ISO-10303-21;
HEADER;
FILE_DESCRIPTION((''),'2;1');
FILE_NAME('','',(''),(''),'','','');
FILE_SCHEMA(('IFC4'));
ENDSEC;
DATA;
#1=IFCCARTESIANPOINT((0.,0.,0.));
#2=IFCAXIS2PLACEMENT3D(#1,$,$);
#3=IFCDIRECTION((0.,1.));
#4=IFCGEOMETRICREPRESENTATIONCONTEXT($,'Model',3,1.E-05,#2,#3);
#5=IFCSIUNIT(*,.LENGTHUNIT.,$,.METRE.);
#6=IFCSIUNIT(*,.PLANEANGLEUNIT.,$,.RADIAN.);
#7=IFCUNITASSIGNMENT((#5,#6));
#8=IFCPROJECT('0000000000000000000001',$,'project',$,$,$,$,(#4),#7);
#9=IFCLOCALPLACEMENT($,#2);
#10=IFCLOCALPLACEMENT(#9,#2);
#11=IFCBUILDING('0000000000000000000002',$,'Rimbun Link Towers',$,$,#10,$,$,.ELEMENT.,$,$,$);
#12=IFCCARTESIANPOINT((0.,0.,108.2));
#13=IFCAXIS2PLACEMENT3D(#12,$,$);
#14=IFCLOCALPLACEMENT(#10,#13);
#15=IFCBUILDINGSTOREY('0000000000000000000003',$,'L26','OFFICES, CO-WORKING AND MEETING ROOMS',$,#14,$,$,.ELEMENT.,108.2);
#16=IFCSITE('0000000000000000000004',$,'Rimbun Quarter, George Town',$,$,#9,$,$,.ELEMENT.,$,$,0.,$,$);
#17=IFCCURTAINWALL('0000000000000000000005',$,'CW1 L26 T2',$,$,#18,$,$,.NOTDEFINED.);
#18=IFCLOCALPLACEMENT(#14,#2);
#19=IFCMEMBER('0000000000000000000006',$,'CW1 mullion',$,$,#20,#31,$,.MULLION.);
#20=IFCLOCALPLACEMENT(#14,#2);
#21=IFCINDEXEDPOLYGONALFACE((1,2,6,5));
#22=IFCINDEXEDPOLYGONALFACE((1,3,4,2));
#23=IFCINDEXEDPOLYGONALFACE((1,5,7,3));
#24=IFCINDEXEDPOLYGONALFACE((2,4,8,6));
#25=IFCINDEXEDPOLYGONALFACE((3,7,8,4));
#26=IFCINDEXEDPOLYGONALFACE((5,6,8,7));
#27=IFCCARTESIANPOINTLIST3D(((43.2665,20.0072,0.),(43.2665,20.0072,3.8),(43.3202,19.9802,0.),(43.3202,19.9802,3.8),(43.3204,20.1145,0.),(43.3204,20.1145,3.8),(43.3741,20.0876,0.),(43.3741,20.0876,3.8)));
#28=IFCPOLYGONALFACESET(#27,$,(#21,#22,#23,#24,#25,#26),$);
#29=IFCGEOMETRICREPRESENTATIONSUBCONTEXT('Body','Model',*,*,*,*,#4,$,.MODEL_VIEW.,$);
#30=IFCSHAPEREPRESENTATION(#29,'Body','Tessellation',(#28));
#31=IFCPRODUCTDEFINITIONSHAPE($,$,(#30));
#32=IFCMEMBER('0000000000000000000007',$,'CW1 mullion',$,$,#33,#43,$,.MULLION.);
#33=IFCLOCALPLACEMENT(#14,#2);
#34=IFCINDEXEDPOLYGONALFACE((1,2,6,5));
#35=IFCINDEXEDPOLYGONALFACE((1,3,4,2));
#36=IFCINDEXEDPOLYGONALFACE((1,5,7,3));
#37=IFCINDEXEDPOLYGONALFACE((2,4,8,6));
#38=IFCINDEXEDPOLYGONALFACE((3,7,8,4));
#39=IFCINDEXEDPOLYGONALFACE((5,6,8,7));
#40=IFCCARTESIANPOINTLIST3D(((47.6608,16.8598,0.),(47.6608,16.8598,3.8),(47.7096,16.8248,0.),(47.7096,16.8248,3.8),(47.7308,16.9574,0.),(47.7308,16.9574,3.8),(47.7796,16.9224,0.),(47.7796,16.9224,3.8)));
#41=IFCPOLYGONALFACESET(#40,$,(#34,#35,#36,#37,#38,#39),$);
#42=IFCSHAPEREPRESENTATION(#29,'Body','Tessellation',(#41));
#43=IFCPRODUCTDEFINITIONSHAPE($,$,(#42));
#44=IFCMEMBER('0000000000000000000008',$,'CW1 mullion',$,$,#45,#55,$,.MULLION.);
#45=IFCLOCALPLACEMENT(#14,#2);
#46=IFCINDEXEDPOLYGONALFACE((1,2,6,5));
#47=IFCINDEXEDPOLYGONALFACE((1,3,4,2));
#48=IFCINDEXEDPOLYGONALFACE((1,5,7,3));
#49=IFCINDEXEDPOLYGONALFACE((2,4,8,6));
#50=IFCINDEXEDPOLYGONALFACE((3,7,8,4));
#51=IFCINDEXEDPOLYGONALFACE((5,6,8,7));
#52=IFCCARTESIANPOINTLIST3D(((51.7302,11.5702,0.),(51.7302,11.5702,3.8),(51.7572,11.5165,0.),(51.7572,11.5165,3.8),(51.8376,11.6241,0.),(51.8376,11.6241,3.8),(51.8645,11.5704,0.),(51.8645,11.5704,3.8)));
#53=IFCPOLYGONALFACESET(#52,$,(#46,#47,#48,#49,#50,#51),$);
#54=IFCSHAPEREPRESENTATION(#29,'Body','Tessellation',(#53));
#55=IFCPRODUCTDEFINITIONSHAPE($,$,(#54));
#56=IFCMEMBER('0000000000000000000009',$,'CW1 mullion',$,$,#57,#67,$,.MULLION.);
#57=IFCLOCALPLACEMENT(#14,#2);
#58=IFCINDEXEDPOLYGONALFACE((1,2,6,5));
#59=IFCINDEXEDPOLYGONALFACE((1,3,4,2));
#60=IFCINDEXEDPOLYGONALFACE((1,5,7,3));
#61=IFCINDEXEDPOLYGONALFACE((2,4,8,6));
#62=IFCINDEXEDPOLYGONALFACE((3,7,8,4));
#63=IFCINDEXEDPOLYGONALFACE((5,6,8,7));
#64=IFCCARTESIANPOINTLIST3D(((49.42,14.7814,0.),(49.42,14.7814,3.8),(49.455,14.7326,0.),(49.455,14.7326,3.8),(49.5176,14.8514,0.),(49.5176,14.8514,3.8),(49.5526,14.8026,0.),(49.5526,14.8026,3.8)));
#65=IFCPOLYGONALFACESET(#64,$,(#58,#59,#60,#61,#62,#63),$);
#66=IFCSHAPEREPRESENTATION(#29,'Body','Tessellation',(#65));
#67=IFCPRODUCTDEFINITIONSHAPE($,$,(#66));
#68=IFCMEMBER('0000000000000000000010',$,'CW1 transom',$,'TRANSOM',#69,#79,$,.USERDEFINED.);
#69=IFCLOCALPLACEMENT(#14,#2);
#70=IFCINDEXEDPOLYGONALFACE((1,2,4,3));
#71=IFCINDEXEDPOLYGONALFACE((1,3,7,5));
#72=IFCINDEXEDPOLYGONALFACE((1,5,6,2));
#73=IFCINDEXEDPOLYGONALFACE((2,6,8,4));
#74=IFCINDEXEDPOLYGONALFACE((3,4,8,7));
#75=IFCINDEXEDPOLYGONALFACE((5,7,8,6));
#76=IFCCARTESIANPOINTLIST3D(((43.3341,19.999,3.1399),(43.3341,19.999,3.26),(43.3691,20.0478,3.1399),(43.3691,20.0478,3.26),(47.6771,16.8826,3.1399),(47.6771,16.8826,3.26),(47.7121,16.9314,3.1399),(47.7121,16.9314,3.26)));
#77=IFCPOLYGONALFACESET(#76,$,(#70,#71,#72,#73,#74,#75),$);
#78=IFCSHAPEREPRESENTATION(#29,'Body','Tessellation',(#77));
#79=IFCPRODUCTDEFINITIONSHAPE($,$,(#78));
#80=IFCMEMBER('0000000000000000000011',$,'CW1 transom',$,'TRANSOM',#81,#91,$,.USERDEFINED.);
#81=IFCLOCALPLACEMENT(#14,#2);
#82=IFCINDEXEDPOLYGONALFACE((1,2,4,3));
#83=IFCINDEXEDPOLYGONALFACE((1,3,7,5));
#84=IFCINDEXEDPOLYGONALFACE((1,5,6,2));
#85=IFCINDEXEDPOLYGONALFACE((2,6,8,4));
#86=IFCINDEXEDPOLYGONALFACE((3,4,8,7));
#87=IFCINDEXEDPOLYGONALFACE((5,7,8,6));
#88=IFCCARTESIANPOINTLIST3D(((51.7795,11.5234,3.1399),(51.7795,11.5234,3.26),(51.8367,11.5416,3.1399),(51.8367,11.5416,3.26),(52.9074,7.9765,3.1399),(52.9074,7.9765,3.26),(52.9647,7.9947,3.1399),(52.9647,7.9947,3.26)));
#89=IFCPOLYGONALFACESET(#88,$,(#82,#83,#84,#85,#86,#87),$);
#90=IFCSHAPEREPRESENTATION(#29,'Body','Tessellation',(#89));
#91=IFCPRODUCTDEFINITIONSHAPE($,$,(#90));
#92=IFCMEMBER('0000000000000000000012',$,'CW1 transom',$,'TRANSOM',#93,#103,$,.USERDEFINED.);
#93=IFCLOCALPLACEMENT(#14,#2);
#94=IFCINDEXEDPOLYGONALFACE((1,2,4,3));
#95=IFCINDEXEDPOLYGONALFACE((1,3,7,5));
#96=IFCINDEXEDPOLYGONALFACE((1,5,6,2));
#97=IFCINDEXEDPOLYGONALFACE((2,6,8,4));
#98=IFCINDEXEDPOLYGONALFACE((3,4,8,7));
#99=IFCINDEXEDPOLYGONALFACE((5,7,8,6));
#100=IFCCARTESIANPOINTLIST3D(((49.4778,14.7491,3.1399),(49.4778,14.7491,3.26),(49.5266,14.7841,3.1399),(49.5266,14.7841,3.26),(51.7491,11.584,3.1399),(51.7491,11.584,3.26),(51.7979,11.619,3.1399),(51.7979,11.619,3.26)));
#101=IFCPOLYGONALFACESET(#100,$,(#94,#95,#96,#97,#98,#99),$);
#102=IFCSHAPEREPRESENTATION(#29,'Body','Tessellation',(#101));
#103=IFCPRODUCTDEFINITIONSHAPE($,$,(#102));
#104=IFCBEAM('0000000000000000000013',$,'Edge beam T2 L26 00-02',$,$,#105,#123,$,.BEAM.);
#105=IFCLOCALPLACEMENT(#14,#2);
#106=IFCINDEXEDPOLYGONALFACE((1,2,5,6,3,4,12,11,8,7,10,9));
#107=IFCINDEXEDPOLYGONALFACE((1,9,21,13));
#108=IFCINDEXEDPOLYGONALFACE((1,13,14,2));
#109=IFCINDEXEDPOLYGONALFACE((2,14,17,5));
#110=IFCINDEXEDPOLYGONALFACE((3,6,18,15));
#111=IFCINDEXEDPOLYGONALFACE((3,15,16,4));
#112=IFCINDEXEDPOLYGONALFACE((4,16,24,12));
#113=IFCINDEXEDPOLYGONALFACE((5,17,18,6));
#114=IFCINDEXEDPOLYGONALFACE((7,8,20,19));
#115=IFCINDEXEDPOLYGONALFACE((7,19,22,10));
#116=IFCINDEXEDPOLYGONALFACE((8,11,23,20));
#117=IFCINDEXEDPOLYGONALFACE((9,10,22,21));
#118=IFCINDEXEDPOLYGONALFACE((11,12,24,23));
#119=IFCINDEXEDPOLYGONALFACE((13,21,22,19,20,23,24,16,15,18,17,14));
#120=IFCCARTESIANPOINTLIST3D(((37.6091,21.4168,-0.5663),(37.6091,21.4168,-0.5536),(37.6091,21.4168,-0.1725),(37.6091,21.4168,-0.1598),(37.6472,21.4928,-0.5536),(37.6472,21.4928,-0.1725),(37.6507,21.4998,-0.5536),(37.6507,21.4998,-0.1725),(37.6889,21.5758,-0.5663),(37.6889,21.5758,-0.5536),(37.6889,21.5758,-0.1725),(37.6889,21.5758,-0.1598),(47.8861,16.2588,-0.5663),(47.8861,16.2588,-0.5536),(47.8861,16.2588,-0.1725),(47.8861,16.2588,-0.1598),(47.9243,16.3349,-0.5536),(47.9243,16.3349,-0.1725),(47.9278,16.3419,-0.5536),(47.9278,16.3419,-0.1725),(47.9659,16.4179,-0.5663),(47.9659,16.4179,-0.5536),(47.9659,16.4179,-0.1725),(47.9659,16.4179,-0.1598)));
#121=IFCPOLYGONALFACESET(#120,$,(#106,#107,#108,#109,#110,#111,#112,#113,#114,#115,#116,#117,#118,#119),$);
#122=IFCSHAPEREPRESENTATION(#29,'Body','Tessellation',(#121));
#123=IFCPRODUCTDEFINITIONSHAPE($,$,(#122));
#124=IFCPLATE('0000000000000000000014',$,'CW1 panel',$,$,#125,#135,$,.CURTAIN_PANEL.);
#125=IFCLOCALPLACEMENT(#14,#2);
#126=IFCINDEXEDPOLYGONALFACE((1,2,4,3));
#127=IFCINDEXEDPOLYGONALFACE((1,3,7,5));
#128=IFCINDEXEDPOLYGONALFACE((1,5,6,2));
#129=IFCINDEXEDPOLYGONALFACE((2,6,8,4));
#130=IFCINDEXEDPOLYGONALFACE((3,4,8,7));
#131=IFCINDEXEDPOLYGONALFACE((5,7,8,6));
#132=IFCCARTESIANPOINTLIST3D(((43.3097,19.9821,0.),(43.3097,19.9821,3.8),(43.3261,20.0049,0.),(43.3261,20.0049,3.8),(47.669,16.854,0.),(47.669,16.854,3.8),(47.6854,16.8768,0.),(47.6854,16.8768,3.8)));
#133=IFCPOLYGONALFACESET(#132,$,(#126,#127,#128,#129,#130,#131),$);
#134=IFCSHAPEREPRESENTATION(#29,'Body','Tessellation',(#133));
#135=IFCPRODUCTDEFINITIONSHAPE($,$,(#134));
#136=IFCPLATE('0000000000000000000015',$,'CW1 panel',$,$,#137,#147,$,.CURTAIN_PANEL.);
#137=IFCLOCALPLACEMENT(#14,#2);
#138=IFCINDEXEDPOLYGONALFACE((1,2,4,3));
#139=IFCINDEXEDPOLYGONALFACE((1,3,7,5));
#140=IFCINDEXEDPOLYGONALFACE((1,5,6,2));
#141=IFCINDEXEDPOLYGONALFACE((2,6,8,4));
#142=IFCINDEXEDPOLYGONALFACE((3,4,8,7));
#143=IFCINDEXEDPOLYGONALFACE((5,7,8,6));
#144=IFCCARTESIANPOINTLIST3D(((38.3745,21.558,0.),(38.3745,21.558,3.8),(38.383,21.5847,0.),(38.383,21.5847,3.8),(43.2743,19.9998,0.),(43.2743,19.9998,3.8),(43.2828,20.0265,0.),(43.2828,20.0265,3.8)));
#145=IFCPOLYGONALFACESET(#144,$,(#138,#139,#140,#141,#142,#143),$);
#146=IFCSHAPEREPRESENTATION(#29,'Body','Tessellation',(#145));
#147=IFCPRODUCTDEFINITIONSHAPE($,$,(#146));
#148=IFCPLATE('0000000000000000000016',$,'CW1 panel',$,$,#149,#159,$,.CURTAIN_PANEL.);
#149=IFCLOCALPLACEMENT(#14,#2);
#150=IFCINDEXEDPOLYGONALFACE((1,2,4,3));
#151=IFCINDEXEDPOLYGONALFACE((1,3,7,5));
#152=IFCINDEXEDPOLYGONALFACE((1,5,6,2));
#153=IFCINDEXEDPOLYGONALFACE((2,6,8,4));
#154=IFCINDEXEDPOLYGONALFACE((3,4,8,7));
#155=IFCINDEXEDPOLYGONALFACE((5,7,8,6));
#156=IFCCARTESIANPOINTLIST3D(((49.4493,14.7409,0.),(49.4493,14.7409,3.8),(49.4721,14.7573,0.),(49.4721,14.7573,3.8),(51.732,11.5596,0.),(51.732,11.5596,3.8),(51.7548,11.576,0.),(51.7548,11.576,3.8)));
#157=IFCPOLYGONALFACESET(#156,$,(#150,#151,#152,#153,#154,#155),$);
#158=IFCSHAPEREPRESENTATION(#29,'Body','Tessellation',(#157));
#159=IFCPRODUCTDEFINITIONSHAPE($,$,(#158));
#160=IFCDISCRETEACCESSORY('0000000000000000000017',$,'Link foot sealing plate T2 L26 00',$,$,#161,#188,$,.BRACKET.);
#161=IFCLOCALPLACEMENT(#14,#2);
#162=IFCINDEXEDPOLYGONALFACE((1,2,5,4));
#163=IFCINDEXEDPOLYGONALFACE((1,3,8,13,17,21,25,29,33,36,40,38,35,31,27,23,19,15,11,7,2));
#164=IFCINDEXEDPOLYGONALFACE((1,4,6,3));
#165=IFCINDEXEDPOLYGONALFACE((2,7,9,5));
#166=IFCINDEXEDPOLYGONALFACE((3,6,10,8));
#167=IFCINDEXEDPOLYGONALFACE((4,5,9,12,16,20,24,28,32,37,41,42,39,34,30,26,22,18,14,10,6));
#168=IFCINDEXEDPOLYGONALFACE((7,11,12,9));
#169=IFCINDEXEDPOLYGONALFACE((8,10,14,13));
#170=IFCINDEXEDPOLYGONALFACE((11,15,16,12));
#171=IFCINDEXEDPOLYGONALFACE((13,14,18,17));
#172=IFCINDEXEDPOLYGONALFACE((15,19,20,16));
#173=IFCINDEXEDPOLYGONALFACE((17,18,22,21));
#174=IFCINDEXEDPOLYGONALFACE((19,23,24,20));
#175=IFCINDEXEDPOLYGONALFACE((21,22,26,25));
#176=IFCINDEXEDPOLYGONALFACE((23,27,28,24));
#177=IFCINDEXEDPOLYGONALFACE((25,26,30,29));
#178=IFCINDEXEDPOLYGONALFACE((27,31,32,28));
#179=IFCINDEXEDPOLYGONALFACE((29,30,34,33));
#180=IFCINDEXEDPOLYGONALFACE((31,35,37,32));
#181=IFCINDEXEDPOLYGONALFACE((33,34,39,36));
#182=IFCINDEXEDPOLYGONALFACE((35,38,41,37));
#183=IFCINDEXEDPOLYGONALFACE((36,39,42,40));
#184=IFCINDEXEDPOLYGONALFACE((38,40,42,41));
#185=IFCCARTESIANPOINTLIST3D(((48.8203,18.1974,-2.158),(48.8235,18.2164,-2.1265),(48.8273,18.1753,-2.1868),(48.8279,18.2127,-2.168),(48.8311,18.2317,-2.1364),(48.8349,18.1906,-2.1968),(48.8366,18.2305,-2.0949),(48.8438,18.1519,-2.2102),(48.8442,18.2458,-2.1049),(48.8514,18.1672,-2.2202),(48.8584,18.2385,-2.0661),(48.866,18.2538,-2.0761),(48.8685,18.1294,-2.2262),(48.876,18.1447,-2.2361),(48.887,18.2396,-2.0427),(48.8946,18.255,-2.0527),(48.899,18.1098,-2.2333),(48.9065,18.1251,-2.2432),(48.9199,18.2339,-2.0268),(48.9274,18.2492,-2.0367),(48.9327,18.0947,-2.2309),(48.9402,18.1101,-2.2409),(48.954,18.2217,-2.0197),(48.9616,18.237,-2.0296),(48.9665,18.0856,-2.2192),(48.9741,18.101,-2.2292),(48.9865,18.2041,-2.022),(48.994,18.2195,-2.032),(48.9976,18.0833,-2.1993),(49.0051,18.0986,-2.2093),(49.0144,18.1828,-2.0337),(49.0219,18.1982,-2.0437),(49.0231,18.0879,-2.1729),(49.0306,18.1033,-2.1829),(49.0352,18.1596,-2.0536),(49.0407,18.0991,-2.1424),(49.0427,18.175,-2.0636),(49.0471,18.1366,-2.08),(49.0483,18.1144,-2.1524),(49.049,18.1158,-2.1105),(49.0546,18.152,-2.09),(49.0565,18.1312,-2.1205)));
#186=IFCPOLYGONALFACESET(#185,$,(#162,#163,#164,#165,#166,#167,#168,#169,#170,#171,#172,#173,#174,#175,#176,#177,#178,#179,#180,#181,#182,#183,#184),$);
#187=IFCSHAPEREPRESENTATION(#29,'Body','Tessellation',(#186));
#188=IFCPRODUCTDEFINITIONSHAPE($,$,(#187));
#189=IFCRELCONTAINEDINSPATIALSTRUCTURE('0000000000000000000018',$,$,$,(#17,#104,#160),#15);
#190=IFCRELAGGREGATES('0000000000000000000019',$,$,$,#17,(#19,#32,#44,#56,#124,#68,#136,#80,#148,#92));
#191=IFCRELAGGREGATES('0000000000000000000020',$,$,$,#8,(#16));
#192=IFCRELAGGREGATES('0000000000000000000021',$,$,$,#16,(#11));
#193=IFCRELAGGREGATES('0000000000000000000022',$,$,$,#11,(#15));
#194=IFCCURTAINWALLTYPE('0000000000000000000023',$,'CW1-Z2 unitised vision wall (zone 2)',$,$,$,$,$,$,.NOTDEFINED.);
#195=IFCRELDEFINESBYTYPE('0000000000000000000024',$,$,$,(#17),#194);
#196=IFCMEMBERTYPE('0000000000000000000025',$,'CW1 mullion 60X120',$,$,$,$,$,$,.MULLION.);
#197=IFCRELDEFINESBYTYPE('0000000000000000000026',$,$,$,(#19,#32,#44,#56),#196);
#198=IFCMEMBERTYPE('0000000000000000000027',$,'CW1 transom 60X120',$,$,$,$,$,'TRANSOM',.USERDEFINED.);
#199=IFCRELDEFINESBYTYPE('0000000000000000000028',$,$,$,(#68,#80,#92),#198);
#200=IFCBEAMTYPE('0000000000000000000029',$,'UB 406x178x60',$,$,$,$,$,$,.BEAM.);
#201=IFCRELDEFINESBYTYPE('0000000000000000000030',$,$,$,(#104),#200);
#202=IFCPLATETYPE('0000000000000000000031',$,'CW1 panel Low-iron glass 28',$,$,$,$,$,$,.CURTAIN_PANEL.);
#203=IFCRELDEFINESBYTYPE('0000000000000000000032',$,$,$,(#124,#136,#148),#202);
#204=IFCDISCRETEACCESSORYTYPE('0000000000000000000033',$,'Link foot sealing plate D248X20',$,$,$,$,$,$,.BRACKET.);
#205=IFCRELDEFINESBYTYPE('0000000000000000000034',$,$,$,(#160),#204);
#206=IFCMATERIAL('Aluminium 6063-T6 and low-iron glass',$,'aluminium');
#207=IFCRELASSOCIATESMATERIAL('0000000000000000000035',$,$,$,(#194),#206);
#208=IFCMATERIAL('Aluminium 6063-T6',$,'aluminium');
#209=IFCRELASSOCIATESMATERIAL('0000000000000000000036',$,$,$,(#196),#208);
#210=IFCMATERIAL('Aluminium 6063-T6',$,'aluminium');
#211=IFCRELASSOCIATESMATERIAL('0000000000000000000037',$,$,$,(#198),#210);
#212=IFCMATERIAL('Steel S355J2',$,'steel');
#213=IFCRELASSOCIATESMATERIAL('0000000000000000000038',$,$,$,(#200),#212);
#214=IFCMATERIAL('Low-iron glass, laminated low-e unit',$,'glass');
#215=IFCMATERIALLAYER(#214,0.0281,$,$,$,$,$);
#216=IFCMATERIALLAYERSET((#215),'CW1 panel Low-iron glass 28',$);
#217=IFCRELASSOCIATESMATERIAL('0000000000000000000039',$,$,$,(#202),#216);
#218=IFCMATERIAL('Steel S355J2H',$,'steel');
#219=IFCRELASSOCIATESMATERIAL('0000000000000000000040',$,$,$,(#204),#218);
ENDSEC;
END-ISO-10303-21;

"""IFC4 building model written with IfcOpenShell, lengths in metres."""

from ifc_helpers import new_model, si_unit, direction, frame, origin, origin_2d, place, context, subcontext, project, spatial, rectangle, circle, i_section, extrude, material, layer, layer_set, material_profile, profile_set, type_object, element, aggregate, save


model = new_model("IFC4")

# Units and contexts
model_context = context("Model", 3, precision=1e-05, world=origin(), true_north=direction((0.0, 1.0)))
body_context = subcontext(model_context, "Body", "Model", "MODEL_VIEW")
ifc_project = project(units=[si_unit("LENGTHUNIT", "METRE"), si_unit("PLANEANGLEUNIT", "RADIAN")], contexts=[model_context])

# Site, building, storey
site_placement = place(None, origin())
site = spatial("IfcSite", under=ifc_project, at=site_placement, Name="Rimbun Quarter, George Town", CompositionType="ELEMENT", RefElevation=0.0)
building_placement = place(site_placement, origin())
building = spatial("IfcBuilding", under=site, at=building_placement, Name="Rimbun Link Towers", CompositionType="ELEMENT")
storey_placement = place(building_placement, frame((0.0, 0.0, 108.2)))
storey = spatial("IfcBuildingStorey", under=building, at=storey_placement, Name="L26", Description="OFFICES, CO-WORKING AND MEETING ROOMS", CompositionType="ELEMENT", Elevation=108.2)

# Curtain wall, members
ifc_material_1 = material(Name="Aluminium 6063-T6 and low-iron glass", Category="aluminium")
curtain_wall_type = type_object("IfcCurtainWallType", Name="CW1-Z2 unitised vision wall (zone 2)", PredefinedType="NOTDEFINED", material=ifc_material_1)
curtain_wall_placement = place(storey_placement, origin())
curtain_wall = element("IfcCurtainWall", 1, at=curtain_wall_placement, inside=storey, type_object=curtain_wall_type, Name="CW1 L26 T2", PredefinedType="NOTDEFINED")
ifc_material_2 = material(Name="Aluminium 6063-T6", Category="aluminium")
ifc_material_profile_1 = material_profile(ifc_material_2, rectangle(XDim=0.1201, YDim=0.0601, at=origin_2d()), Name="MULLION 60X120")
ifc_profile_set_1 = profile_set([ifc_material_profile_1], Name="Aluminium 6063-T6")
member_type_1 = type_object("IfcMemberType", Name="CW1 mullion 60X120", PredefinedType="MULLION", material=ifc_profile_set_1)
member_1_placement = place(storey_placement, frame((43.3203, 20.0474, 0.0), z_axis=(0.0, 0.0, 1.0), x_axis=(0.448567, 0.893749, 0.0)))
member_1 = element("IfcMember", 2, at=member_1_placement, type_object=member_type_1, Name="CW1 mullion", PredefinedType="MULLION", context=body_context, shape_type="SweptSolid", body=[
    extrude(rectangle(XDim=0.1201, YDim=0.0601, at=origin_2d()), origin(), (0.0, 0.0, 1.0), 3.8),
])
member_2_placement = place(storey_placement, frame((47.7202, 16.8911, 0.0), z_axis=(0.0, 0.0, 1.0), x_axis=(0.583007, 0.812467, 0.0)))
member_2 = element("IfcMember", 3, at=member_2_placement, type_object=member_type_1, Name="CW1 mullion", PredefinedType="MULLION", context=body_context, shape_type="SweptSolid", body=[
    extrude(rectangle(XDim=0.1201, YDim=0.0601, at=origin_2d()), origin(), (0.0, 0.0, 1.0), 3.8),
])
member_3_placement = place(storey_placement, frame((51.7974, 11.5703, 0.0), z_axis=(0.0, 0.0, 1.0), x_axis=(0.893749, 0.448567, 0.0)))
member_3 = element("IfcMember", 4, at=member_3_placement, type_object=member_type_1, Name="CW1 mullion", PredefinedType="MULLION", context=body_context, shape_type="SweptSolid", body=[
    extrude(rectangle(XDim=0.1201, YDim=0.0601, at=origin_2d()), origin(), (0.0, 0.0, 1.0), 3.8),
])
member_4_placement = place(storey_placement, frame((49.4863, 14.792, 0.0), z_axis=(0.0, 0.0, 1.0), x_axis=(0.812467, 0.583007, 0.0)))
member_4 = element("IfcMember", 5, at=member_4_placement, type_object=member_type_1, Name="CW1 mullion", PredefinedType="MULLION", context=body_context, shape_type="SweptSolid", body=[
    extrude(rectangle(XDim=0.1201, YDim=0.0601, at=origin_2d()), origin(), (0.0, 0.0, 1.0), 3.8),
])
ifc_material_3 = material(Name="Aluminium 6063-T6", Category="aluminium")
ifc_material_profile_2 = material_profile(ifc_material_3, rectangle(XDim=0.0601, YDim=0.1201, at=origin_2d()), Name="TRANSOM 60X120")
ifc_profile_set_2 = profile_set([ifc_material_profile_2], Name="Aluminium 6063-T6")
member_type_2 = type_object("IfcMemberType", Name="CW1 transom 60X120", ElementType="TRANSOM", PredefinedType="USERDEFINED", material=ifc_profile_set_2)
member_5_placement = place(storey_placement, frame((43.3516, 20.0234, 3.2), z_axis=(0.812466, -0.583008, 0.0), x_axis=(0.583008, 0.812466, 0.0)))
member_5 = element("IfcMember", 6, at=member_5_placement, type_object=member_type_2, Name="CW1 transom", ObjectType="TRANSOM", PredefinedType="USERDEFINED", context=body_context, shape_type="SweptSolid", body=[
    extrude(rectangle(XDim=0.0601, YDim=0.1201, at=origin_2d()), origin(), (0.0, 0.0, 1.0), 5.3455),
])
member_6_placement = place(storey_placement, frame((51.8081, 11.5325, 3.2), z_axis=(0.303052, -0.952974, 0.0), x_axis=(0.952974, 0.303052, 0.0)))
member_6 = element("IfcMember", 7, at=member_6_placement, type_object=member_type_2, Name="CW1 transom", ObjectType="TRANSOM", PredefinedType="USERDEFINED", context=body_context, shape_type="SweptSolid", body=[
    extrude(rectangle(XDim=0.0601, YDim=0.1201, at=origin_2d()), origin(), (0.0, 0.0, 1.0), 3.7219),
])
member_7_placement = place(storey_placement, frame((49.5022, 14.7666, 3.2), z_axis=(0.583021, -0.812457, 0.0), x_axis=(0.812457, 0.583021, 0.0)))
member_7 = element("IfcMember", 8, at=member_7_placement, type_object=member_type_2, Name="CW1 transom", ObjectType="TRANSOM", PredefinedType="USERDEFINED", context=body_context, shape_type="SweptSolid", body=[
    extrude(rectangle(XDim=0.0601, YDim=0.1201, at=origin_2d()), origin(), (0.0, 0.0, 1.0), 3.8958),
])

# Beam
ifc_material_4 = material(Name="Steel S355J2", Category="steel")
ifc_material_profile_3 = material_profile(ifc_material_4, i_section(OverallWidth=0.178, OverallDepth=0.4065, WebThickness=0.0078, FlangeThickness=0.0127, at=origin_2d()), Name="UB 406x178x60")
ifc_profile_set_3 = profile_set([ifc_material_profile_3], Name="Steel S355J2")
beam_type = type_object("IfcBeamType", Name="UB 406x178x60", PredefinedType="BEAM", material=ifc_profile_set_3)
beam_placement = place(storey_placement, frame((47.926, 16.3384, -0.363), z_axis=(-0.893751, 0.448563, 0.0), x_axis=(-0.448563, -0.893751, 0.0)))
element("IfcBeam", 9, at=beam_placement, inside=storey, type_object=beam_type, Name="Edge beam T2 L26 00-02", PredefinedType="BEAM", context=body_context, shape_type="SweptSolid", body=[
    extrude(i_section(OverallWidth=0.178, OverallDepth=0.4065, WebThickness=0.0078, FlangeThickness=0.0127, at=origin_2d()), origin(), (0.0, 0.0, 1.0), 11.4988),
])

# Plates
ifc_material_5 = material(Name="Low-iron glass, laminated low-e unit", Category="glass")
ifc_layer = layer(ifc_material_5, 0.0281)
ifc_layer_set = layer_set([ifc_layer], Name="CW1 panel Low-iron glass 28")
plate_type = type_object("IfcPlateType", Name="CW1 panel Low-iron glass 28", PredefinedType="CURTAIN_PANEL", material=ifc_layer_set)
plate_1_placement = place(storey_placement, frame((45.4976, 18.4294, 0.0), z_axis=(0.0, 0.0, 1.0), x_axis=(0.812467, -0.583007, 0.0)))
plate_1 = element("IfcPlate", 10, at=plate_1_placement, type_object=plate_type, Name="CW1 panel", PredefinedType="CURTAIN_PANEL", context=body_context, shape_type="SweptSolid", body=[
    extrude(rectangle(XDim=5.3655, YDim=0.0281, at=origin_2d()), origin(), (0.0, 0.0, 1.0), 3.8),
])
plate_2_placement = place(storey_placement, frame((40.8286, 20.7922, 0.0), z_axis=(0.0, 0.0, 1.0), x_axis=(0.952972, -0.303057, 0.0)))
plate_2 = element("IfcPlate", 11, at=plate_2_placement, type_object=plate_type, Name="CW1 panel", PredefinedType="CURTAIN_PANEL", context=body_context, shape_type="SweptSolid", body=[
    extrude(rectangle(XDim=5.1416, YDim=0.0281, at=origin_2d()), origin(), (0.0, 0.0, 1.0), 3.8),
])
plate_3_placement = place(storey_placement, frame((50.6021, 13.1584, 0.0), z_axis=(0.0, 0.0, 1.0), x_axis=(0.583007, -0.812467, 0.0)))
plate_3 = element("IfcPlate", 12, at=plate_3_placement, type_object=plate_type, Name="CW1 panel", PredefinedType="CURTAIN_PANEL", context=body_context, shape_type="SweptSolid", body=[
    extrude(rectangle(XDim=3.9155, YDim=0.0281, at=origin_2d()), origin(), (0.0, 0.0, 1.0), 3.8),
])
aggregate(curtain_wall, [member_1, member_2, member_3, member_4, plate_1, member_5, plate_2, member_6, plate_3, member_7])

# Discrete accessory
ifc_material_6 = material(Name="Steel S355J2H", Category="steel")
ifc_material_profile_4 = material_profile(ifc_material_6, circle(Radius=0.124, at=origin_2d()), Name="PL D248")
ifc_profile_set_4 = profile_set([ifc_material_profile_4], Name="Steel S355J2H")
discrete_accessory_type = type_object("IfcDiscreteAccessoryType", Name="Link foot sealing plate D248X20", PredefinedType="BRACKET", material=ifc_profile_set_4)
discrete_accessory_placement = place(storey_placement, frame((48.9348, 18.1616, -2.1265), z_axis=(0.381266, 0.774831, -0.504255), x_axis=(-0.897257, 0.441508, 0.0)))
element("IfcDiscreteAccessory", 13, at=discrete_accessory_placement, inside=storey, type_object=discrete_accessory_type, Name="Link foot sealing plate T2 L26 00", PredefinedType="BRACKET", context=body_context, shape_type="SweptSolid", body=[
    extrude(circle(Radius=0.124, at=origin_2d()), origin(), (0.0, 0.0, 1.0), 0.0198),
])

save(model, "model.ifc")
